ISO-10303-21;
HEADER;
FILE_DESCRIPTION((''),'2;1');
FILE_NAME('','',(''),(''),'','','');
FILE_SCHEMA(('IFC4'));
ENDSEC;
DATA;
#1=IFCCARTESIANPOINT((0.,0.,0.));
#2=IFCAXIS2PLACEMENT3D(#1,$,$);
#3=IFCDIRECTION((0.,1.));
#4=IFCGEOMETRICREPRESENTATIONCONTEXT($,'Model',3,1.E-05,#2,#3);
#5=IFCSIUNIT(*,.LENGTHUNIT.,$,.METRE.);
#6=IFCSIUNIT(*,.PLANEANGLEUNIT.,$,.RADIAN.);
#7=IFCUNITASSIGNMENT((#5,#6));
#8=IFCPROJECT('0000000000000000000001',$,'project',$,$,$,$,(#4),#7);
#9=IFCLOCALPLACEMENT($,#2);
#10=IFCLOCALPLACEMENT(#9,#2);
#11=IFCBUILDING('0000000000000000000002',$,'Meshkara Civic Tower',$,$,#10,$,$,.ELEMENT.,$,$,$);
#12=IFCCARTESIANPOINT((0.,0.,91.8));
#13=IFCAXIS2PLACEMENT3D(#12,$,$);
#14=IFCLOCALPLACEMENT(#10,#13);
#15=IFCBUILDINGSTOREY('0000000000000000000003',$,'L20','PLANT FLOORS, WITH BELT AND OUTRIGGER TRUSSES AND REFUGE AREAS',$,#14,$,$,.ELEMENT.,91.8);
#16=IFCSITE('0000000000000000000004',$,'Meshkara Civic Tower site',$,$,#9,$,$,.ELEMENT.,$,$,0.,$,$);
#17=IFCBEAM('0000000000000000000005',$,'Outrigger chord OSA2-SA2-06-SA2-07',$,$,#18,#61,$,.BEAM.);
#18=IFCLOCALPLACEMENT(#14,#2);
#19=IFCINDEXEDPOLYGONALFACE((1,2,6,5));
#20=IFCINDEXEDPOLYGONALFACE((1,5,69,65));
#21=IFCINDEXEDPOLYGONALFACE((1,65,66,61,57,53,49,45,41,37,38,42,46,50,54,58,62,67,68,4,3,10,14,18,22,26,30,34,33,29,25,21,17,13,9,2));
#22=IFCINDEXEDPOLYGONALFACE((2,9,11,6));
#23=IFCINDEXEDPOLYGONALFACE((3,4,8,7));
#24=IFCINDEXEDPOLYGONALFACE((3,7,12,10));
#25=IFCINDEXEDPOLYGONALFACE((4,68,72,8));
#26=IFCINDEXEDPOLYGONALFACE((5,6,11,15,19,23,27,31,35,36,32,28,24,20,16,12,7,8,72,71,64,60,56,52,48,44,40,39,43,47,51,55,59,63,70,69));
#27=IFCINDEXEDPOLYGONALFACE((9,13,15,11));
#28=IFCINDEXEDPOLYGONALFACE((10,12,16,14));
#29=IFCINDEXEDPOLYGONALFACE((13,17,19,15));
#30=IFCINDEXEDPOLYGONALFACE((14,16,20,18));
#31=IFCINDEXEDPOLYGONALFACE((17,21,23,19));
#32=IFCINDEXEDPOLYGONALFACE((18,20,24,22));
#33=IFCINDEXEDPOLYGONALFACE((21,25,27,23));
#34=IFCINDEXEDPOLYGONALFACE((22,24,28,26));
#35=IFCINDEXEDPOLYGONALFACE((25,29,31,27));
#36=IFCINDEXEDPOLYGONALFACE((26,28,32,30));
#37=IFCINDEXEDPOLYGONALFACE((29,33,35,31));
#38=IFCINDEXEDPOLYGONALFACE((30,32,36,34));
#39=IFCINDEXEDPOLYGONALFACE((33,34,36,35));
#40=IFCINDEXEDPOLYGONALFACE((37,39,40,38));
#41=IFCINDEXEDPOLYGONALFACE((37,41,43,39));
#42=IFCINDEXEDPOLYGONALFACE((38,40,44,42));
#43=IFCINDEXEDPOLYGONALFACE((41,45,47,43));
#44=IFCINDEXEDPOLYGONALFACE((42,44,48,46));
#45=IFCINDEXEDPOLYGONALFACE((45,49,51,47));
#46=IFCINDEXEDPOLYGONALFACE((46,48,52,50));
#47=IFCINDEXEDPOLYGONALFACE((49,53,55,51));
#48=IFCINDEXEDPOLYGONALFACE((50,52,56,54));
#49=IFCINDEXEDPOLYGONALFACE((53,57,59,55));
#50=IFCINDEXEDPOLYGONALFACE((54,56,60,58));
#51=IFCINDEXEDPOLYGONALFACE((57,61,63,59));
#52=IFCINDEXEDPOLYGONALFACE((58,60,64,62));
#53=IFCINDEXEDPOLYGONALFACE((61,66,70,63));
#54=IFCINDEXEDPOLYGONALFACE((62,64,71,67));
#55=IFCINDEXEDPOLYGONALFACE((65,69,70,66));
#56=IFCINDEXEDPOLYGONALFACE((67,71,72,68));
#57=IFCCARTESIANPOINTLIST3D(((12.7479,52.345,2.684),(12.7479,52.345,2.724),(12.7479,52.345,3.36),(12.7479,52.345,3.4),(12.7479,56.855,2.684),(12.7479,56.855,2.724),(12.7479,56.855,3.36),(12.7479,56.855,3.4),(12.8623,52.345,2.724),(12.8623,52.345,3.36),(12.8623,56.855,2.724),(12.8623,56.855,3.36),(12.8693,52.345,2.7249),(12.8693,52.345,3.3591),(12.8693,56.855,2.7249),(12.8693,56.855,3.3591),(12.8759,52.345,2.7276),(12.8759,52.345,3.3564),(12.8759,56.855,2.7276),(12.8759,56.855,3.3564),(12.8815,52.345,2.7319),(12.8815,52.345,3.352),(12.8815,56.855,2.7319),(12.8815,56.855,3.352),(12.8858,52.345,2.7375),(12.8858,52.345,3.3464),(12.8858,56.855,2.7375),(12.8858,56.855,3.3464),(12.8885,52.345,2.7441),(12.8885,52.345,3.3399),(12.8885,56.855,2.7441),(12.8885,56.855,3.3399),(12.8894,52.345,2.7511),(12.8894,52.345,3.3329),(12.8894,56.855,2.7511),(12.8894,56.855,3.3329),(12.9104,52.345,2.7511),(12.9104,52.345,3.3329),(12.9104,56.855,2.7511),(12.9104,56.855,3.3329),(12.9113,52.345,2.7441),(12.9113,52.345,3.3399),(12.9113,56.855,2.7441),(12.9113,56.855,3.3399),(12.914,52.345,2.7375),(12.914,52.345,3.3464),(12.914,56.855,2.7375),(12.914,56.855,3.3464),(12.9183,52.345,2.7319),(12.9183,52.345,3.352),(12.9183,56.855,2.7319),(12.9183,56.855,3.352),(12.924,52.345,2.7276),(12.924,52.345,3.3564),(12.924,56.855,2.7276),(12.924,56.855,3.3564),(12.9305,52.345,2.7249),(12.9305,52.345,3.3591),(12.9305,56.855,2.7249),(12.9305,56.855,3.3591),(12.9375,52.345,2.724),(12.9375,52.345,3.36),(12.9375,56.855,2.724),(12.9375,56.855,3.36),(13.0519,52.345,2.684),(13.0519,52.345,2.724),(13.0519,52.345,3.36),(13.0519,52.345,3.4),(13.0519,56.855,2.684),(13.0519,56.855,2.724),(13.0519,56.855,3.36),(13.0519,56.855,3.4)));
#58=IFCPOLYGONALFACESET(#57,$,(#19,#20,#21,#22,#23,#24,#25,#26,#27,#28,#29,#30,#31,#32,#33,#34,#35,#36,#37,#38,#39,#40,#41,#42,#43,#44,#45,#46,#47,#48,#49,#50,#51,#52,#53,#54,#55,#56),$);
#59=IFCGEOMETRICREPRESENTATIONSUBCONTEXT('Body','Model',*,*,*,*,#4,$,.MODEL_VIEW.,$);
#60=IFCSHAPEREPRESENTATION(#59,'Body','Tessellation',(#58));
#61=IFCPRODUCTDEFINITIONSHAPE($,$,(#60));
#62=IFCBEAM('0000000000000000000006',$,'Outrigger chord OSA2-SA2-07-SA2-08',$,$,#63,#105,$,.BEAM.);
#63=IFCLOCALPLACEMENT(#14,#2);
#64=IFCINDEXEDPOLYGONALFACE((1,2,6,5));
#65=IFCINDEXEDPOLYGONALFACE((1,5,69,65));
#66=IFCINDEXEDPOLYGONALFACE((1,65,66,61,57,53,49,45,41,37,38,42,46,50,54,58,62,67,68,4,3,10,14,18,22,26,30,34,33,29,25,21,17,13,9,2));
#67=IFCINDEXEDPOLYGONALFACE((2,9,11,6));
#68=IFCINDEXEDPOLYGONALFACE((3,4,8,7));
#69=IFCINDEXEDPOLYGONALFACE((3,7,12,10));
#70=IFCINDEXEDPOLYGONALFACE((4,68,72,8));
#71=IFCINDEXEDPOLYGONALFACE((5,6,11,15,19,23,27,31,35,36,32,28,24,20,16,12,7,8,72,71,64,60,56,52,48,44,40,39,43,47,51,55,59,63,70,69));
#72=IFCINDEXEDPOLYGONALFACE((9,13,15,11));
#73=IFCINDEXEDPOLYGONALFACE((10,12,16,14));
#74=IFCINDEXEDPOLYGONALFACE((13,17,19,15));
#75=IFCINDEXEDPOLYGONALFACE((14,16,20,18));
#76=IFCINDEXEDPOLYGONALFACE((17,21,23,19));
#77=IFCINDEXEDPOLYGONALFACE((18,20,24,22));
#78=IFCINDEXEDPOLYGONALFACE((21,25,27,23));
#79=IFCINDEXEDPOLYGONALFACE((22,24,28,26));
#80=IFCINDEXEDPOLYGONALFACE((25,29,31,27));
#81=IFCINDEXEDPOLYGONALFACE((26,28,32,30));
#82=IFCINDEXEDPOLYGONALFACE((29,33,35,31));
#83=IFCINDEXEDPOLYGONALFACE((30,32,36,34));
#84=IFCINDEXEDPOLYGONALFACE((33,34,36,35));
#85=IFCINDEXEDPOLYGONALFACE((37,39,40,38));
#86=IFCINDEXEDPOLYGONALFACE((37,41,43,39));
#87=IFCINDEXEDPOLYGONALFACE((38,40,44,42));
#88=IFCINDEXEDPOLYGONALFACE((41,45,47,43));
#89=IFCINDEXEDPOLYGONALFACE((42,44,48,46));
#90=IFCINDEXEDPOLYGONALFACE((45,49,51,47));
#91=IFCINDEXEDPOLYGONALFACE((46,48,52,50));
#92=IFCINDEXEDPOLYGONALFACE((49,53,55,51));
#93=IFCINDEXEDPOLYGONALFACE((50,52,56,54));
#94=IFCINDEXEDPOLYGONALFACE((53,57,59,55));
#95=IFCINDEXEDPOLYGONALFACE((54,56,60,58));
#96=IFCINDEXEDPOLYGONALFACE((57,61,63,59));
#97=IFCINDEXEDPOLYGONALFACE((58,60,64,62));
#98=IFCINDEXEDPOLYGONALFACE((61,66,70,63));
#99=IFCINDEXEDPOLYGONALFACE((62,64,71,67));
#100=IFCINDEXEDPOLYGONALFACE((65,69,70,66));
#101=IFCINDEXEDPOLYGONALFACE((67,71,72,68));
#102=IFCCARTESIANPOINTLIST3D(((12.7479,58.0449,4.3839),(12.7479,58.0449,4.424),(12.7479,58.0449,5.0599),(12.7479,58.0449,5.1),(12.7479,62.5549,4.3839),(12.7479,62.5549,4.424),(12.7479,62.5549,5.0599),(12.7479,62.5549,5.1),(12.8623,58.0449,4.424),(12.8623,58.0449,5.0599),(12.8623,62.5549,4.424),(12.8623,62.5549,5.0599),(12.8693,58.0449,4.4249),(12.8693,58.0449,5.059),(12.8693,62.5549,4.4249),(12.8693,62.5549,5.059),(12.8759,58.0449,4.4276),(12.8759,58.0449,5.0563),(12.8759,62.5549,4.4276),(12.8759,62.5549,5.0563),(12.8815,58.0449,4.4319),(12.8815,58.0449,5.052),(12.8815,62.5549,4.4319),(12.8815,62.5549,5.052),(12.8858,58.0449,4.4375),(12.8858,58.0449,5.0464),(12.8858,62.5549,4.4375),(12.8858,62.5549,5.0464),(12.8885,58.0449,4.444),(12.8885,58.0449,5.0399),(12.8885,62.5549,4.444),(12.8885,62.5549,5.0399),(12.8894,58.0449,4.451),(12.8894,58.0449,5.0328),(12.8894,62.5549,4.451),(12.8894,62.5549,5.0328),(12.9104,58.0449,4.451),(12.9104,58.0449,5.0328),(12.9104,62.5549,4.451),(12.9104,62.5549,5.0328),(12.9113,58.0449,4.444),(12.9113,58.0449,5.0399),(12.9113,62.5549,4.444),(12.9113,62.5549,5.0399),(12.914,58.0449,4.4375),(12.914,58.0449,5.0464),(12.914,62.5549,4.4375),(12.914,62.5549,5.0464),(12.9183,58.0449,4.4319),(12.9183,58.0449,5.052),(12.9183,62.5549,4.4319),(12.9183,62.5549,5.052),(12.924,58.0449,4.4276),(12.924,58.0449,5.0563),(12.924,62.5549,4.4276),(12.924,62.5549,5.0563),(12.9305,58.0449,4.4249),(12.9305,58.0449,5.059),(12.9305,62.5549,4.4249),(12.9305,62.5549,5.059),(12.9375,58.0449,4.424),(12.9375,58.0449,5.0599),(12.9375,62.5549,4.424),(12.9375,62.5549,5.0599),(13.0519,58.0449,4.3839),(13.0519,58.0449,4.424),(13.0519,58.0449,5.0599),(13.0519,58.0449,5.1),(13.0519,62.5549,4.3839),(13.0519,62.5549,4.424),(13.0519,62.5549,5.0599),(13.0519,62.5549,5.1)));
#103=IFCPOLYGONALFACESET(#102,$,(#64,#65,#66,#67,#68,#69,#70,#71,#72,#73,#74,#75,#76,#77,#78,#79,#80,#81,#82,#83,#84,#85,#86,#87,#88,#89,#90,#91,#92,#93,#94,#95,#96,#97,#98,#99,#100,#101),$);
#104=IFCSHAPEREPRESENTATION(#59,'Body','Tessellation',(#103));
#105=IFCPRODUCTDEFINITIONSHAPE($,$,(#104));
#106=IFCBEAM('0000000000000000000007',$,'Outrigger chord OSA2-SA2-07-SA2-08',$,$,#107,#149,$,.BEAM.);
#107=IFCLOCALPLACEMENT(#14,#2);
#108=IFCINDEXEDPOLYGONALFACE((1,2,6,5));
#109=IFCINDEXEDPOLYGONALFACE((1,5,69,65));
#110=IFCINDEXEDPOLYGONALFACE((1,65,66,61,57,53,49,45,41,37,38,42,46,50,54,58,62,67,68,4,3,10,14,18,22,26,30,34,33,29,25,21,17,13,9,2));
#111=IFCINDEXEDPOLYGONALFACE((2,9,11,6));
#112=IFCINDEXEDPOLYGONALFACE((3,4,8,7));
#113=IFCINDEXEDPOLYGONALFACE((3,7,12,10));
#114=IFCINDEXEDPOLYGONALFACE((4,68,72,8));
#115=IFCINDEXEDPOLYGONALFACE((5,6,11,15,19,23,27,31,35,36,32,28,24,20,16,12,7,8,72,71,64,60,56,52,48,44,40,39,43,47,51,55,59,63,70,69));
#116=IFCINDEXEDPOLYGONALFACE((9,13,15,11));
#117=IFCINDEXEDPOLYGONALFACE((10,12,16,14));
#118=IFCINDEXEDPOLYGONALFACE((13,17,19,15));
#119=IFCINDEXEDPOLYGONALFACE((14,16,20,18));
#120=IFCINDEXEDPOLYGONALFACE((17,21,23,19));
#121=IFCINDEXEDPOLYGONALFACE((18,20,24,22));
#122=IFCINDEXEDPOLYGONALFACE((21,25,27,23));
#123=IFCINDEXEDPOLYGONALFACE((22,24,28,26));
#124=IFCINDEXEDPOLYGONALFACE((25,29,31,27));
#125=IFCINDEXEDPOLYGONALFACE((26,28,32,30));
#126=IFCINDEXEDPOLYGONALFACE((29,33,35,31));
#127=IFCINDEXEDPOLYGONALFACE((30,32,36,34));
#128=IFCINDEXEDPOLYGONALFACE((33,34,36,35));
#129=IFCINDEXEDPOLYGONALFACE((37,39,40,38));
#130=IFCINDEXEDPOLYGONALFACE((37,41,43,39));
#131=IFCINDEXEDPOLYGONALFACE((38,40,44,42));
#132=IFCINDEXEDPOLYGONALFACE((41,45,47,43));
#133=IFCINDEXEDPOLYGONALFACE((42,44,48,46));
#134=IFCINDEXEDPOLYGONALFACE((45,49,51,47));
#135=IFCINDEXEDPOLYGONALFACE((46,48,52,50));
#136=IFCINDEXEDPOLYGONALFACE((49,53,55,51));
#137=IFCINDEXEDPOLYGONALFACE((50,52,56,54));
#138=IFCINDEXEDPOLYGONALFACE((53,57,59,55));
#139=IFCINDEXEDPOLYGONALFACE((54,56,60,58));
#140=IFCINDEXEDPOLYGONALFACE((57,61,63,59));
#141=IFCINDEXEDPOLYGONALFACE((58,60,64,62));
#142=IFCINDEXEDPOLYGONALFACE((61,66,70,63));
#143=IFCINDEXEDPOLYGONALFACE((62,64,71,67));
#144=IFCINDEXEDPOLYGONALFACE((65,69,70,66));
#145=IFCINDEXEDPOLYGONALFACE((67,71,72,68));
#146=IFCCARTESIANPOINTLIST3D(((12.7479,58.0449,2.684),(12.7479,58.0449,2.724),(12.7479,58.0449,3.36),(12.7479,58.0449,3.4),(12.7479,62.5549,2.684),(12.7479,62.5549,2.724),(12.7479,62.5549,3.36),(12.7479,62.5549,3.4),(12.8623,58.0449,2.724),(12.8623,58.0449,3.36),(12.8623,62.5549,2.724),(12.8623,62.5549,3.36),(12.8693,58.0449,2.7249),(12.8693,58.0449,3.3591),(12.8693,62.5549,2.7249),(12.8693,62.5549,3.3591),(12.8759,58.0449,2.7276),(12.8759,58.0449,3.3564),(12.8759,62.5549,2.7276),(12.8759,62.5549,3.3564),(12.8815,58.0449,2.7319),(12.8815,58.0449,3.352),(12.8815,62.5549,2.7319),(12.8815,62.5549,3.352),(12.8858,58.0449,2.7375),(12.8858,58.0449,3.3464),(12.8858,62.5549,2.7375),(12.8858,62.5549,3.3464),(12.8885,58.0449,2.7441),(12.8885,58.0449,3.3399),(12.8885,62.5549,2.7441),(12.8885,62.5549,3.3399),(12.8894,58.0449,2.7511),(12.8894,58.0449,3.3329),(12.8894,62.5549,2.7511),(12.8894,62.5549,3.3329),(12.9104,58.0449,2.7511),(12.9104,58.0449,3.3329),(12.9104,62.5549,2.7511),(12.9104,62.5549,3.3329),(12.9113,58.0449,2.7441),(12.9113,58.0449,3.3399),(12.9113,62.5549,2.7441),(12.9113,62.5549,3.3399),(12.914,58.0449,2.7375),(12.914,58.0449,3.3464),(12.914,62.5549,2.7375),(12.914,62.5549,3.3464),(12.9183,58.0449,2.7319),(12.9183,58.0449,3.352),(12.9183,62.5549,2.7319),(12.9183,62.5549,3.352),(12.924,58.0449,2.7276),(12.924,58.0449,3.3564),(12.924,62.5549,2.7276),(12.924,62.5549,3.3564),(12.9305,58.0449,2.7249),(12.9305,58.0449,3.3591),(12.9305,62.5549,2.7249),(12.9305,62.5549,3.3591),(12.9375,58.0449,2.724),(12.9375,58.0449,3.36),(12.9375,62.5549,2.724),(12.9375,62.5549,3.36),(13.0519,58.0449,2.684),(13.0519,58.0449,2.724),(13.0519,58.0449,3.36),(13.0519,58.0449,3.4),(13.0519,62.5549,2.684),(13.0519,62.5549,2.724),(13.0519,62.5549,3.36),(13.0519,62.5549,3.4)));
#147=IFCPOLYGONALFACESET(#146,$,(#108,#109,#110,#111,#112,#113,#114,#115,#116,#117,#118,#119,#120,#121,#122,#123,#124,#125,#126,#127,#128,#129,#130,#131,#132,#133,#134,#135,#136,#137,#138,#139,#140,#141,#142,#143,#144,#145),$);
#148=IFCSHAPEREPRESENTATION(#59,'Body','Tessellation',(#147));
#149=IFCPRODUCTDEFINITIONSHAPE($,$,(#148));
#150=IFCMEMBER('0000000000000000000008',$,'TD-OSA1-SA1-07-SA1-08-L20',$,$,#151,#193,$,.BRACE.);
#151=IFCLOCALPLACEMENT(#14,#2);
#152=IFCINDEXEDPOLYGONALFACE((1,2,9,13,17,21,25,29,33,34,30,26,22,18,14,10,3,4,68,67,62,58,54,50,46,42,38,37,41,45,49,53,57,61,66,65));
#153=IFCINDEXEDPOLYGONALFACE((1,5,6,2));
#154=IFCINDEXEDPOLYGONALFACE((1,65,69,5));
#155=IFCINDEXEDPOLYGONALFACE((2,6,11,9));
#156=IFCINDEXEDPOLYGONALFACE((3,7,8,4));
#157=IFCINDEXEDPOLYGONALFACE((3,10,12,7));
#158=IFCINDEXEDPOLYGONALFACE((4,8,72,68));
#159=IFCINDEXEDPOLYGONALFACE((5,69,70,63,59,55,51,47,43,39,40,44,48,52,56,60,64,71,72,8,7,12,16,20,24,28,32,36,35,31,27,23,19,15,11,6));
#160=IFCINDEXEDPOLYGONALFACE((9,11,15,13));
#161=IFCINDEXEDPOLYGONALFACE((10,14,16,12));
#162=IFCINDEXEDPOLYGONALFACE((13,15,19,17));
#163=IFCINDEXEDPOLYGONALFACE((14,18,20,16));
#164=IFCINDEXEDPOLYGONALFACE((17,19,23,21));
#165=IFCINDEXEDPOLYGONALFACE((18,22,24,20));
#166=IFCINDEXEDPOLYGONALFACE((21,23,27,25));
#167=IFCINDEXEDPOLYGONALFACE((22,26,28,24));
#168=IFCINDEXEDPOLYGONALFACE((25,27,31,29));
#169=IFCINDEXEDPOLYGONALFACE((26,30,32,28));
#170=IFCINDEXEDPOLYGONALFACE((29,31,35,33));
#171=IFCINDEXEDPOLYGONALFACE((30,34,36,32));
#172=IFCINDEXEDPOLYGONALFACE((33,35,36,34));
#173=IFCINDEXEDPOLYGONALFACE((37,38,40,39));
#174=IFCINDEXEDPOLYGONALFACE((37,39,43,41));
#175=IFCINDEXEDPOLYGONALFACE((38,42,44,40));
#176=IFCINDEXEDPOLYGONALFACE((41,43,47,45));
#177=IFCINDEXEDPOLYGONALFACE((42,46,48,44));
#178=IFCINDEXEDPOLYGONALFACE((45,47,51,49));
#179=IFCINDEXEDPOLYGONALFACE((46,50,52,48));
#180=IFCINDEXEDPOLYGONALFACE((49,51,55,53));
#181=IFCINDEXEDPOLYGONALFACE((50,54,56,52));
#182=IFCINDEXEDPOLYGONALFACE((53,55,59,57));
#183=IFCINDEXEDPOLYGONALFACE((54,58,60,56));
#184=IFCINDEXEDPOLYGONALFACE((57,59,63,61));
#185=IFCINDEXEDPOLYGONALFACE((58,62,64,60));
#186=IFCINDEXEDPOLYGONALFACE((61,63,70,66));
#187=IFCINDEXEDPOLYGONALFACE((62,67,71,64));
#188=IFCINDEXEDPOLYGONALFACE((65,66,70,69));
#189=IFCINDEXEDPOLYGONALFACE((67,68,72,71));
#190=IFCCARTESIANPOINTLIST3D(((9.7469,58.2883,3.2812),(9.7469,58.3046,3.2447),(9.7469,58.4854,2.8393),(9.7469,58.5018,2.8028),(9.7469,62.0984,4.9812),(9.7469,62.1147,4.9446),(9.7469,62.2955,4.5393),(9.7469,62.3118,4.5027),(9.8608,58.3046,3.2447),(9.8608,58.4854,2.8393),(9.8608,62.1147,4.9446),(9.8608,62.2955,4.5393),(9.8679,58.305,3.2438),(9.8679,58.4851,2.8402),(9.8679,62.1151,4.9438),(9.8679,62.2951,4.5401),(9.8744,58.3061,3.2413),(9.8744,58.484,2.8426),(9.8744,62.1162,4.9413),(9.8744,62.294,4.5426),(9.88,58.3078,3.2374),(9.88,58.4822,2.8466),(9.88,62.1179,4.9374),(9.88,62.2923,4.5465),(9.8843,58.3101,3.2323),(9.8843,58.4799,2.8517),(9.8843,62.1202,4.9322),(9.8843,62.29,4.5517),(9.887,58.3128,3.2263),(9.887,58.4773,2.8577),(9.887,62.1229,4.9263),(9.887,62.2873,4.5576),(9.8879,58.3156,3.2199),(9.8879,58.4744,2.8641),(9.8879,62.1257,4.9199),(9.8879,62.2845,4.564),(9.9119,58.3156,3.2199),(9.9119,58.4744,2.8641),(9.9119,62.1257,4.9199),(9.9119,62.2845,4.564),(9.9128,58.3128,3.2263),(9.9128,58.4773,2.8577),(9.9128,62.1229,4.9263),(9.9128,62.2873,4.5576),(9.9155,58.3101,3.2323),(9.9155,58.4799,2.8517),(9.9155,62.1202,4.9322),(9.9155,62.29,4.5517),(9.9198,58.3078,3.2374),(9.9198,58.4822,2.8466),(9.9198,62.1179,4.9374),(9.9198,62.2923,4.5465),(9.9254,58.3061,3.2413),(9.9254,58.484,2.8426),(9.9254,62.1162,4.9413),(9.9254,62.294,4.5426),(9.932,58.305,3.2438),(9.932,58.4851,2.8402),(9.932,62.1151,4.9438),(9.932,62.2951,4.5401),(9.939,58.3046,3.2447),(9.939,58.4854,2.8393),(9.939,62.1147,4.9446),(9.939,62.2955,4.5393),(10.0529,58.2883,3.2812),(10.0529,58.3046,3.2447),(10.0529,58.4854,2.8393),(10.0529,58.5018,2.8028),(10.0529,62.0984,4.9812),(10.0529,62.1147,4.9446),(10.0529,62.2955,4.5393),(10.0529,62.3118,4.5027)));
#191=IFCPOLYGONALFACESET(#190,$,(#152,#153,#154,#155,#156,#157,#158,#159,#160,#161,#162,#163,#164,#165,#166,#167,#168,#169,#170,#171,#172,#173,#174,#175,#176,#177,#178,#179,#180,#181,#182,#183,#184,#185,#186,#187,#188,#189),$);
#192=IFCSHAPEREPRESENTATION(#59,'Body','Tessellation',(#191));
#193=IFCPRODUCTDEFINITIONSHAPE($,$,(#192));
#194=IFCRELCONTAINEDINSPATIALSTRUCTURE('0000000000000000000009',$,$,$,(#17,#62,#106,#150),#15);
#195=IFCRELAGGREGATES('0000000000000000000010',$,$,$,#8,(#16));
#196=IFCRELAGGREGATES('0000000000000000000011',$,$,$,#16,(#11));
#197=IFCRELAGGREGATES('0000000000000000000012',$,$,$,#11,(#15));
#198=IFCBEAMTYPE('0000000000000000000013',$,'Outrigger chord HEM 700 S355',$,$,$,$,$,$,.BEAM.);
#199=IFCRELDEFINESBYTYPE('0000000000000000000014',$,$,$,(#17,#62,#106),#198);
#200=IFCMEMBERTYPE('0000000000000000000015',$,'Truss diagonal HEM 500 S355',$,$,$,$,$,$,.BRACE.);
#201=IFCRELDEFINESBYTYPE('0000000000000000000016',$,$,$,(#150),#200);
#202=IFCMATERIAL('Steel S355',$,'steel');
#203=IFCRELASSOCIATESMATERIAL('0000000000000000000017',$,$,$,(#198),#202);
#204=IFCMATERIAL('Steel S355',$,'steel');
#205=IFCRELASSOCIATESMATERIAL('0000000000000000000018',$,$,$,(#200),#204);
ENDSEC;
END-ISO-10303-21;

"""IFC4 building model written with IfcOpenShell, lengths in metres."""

from ifc_helpers import new_model, si_unit, direction, frame, origin, origin_2d, place, context, subcontext, project, spatial, i_section, extrude, material, material_profile, profile_set, type_object, element, save


model = new_model("IFC4")

# Units and contexts
model_context = context("Model", 3, precision=1e-05, world=origin(), true_north=direction((0.0, 1.0)))
body_context = subcontext(model_context, "Body", "Model", "MODEL_VIEW")
ifc_project = project(units=[si_unit("LENGTHUNIT", "METRE"), si_unit("PLANEANGLEUNIT", "RADIAN")], contexts=[model_context])

# Site, building, storey
site_placement = place(None, origin())
site = spatial("IfcSite", under=ifc_project, at=site_placement, Name="Meshkara Civic Tower site", CompositionType="ELEMENT", RefElevation=0.0)
building_placement = place(site_placement, origin())
building = spatial("IfcBuilding", under=site, at=building_placement, Name="Meshkara Civic Tower", CompositionType="ELEMENT")
storey_placement = place(building_placement, frame((0.0, 0.0, 91.8)))
storey = spatial("IfcBuildingStorey", under=building, at=storey_placement, Name="L20", Description="PLANT FLOORS, WITH BELT AND OUTRIGGER TRUSSES AND REFUGE AREAS", CompositionType="ELEMENT", Elevation=91.8)

# Beams
ifc_material_1 = material(Name="Steel S355", Category="steel")
ifc_material_profile_1 = material_profile(ifc_material_1, i_section(OverallWidth=0.304, OverallDepth=0.7161, WebThickness=0.021, FlangeThickness=0.04, FilletRadius=0.0271, at=origin_2d()))
ifc_profile_set_1 = profile_set([ifc_material_profile_1], Name="Steel S355")
beam_type_1 = type_object("IfcBeamType", Name="Outrigger chord HEM 700 S355", PredefinedType="BEAM", material=ifc_profile_set_1)
for number, where, z_axis, x_axis, name in (
    (1, (12.8999, 52.345, 3.042), (0.0, 1.0, 0.0), (-1.0, 0.0, 0.0), "Outrigger chord OSA2-SA2-06-SA2-07"),
    (2, (12.8999, 58.0449, 4.7419), (0.0, 1.0, 0.0), (-1.0, 0.0, 0.0), "Outrigger chord OSA2-SA2-07-SA2-08"),
    (3, (12.8999, 58.0449, 3.042), (0.0, 1.0, 0.0), (-1.0, 0.0, 0.0), "Outrigger chord OSA2-SA2-07-SA2-08"),
):
    element("IfcBeam", number, at=place(storey_placement, frame(where, z_axis=z_axis, x_axis=x_axis)), inside=storey, type_object=beam_type_1, Name=name, PredefinedType="BEAM", context=body_context, shape_type="SweptSolid", body=[
        extrude(i_section(OverallWidth=0.304, OverallDepth=0.7161, WebThickness=0.021, FlangeThickness=0.04, FilletRadius=0.0271, at=origin_2d()), origin(), (0.0, 0.0, 1.0), 4.51),
    ])

# Member
ifc_material_2 = material(Name="Steel S355", Category="steel")
ifc_material_profile_2 = material_profile(ifc_material_2, i_section(OverallWidth=0.3059, OverallDepth=0.5239, WebThickness=0.0239, FlangeThickness=0.04, FilletRadius=0.0271, at=origin_2d()))
ifc_profile_set_2 = profile_set([ifc_material_profile_2], Name="Steel S355")
member_type_1 = type_object("IfcMemberType", Name="Truss diagonal HEM 500 S355", PredefinedType="BRACE", material=ifc_profile_set_2)
member_1_placement = place(storey_placement, frame((9.8999, 58.395, 3.042), z_axis=(0.0, 0.913224, 0.407457), x_axis=(-1.0, 0.0, 0.0)))
element("IfcMember", 4, at=member_1_placement, inside=storey, type_object=member_type_1, Name="TD-OSA1-SA1-07-SA1-08-L20", PredefinedType="BRACE", context=body_context, shape_type="SweptSolid", body=[
    extrude(i_section(OverallWidth=0.3059, OverallDepth=0.5239, WebThickness=0.0239, FlangeThickness=0.04, FilletRadius=0.0271, at=origin_2d()), origin(), (0.0, 0.0, 1.0), 4.1721),
])

save(model, "model.ifc")
